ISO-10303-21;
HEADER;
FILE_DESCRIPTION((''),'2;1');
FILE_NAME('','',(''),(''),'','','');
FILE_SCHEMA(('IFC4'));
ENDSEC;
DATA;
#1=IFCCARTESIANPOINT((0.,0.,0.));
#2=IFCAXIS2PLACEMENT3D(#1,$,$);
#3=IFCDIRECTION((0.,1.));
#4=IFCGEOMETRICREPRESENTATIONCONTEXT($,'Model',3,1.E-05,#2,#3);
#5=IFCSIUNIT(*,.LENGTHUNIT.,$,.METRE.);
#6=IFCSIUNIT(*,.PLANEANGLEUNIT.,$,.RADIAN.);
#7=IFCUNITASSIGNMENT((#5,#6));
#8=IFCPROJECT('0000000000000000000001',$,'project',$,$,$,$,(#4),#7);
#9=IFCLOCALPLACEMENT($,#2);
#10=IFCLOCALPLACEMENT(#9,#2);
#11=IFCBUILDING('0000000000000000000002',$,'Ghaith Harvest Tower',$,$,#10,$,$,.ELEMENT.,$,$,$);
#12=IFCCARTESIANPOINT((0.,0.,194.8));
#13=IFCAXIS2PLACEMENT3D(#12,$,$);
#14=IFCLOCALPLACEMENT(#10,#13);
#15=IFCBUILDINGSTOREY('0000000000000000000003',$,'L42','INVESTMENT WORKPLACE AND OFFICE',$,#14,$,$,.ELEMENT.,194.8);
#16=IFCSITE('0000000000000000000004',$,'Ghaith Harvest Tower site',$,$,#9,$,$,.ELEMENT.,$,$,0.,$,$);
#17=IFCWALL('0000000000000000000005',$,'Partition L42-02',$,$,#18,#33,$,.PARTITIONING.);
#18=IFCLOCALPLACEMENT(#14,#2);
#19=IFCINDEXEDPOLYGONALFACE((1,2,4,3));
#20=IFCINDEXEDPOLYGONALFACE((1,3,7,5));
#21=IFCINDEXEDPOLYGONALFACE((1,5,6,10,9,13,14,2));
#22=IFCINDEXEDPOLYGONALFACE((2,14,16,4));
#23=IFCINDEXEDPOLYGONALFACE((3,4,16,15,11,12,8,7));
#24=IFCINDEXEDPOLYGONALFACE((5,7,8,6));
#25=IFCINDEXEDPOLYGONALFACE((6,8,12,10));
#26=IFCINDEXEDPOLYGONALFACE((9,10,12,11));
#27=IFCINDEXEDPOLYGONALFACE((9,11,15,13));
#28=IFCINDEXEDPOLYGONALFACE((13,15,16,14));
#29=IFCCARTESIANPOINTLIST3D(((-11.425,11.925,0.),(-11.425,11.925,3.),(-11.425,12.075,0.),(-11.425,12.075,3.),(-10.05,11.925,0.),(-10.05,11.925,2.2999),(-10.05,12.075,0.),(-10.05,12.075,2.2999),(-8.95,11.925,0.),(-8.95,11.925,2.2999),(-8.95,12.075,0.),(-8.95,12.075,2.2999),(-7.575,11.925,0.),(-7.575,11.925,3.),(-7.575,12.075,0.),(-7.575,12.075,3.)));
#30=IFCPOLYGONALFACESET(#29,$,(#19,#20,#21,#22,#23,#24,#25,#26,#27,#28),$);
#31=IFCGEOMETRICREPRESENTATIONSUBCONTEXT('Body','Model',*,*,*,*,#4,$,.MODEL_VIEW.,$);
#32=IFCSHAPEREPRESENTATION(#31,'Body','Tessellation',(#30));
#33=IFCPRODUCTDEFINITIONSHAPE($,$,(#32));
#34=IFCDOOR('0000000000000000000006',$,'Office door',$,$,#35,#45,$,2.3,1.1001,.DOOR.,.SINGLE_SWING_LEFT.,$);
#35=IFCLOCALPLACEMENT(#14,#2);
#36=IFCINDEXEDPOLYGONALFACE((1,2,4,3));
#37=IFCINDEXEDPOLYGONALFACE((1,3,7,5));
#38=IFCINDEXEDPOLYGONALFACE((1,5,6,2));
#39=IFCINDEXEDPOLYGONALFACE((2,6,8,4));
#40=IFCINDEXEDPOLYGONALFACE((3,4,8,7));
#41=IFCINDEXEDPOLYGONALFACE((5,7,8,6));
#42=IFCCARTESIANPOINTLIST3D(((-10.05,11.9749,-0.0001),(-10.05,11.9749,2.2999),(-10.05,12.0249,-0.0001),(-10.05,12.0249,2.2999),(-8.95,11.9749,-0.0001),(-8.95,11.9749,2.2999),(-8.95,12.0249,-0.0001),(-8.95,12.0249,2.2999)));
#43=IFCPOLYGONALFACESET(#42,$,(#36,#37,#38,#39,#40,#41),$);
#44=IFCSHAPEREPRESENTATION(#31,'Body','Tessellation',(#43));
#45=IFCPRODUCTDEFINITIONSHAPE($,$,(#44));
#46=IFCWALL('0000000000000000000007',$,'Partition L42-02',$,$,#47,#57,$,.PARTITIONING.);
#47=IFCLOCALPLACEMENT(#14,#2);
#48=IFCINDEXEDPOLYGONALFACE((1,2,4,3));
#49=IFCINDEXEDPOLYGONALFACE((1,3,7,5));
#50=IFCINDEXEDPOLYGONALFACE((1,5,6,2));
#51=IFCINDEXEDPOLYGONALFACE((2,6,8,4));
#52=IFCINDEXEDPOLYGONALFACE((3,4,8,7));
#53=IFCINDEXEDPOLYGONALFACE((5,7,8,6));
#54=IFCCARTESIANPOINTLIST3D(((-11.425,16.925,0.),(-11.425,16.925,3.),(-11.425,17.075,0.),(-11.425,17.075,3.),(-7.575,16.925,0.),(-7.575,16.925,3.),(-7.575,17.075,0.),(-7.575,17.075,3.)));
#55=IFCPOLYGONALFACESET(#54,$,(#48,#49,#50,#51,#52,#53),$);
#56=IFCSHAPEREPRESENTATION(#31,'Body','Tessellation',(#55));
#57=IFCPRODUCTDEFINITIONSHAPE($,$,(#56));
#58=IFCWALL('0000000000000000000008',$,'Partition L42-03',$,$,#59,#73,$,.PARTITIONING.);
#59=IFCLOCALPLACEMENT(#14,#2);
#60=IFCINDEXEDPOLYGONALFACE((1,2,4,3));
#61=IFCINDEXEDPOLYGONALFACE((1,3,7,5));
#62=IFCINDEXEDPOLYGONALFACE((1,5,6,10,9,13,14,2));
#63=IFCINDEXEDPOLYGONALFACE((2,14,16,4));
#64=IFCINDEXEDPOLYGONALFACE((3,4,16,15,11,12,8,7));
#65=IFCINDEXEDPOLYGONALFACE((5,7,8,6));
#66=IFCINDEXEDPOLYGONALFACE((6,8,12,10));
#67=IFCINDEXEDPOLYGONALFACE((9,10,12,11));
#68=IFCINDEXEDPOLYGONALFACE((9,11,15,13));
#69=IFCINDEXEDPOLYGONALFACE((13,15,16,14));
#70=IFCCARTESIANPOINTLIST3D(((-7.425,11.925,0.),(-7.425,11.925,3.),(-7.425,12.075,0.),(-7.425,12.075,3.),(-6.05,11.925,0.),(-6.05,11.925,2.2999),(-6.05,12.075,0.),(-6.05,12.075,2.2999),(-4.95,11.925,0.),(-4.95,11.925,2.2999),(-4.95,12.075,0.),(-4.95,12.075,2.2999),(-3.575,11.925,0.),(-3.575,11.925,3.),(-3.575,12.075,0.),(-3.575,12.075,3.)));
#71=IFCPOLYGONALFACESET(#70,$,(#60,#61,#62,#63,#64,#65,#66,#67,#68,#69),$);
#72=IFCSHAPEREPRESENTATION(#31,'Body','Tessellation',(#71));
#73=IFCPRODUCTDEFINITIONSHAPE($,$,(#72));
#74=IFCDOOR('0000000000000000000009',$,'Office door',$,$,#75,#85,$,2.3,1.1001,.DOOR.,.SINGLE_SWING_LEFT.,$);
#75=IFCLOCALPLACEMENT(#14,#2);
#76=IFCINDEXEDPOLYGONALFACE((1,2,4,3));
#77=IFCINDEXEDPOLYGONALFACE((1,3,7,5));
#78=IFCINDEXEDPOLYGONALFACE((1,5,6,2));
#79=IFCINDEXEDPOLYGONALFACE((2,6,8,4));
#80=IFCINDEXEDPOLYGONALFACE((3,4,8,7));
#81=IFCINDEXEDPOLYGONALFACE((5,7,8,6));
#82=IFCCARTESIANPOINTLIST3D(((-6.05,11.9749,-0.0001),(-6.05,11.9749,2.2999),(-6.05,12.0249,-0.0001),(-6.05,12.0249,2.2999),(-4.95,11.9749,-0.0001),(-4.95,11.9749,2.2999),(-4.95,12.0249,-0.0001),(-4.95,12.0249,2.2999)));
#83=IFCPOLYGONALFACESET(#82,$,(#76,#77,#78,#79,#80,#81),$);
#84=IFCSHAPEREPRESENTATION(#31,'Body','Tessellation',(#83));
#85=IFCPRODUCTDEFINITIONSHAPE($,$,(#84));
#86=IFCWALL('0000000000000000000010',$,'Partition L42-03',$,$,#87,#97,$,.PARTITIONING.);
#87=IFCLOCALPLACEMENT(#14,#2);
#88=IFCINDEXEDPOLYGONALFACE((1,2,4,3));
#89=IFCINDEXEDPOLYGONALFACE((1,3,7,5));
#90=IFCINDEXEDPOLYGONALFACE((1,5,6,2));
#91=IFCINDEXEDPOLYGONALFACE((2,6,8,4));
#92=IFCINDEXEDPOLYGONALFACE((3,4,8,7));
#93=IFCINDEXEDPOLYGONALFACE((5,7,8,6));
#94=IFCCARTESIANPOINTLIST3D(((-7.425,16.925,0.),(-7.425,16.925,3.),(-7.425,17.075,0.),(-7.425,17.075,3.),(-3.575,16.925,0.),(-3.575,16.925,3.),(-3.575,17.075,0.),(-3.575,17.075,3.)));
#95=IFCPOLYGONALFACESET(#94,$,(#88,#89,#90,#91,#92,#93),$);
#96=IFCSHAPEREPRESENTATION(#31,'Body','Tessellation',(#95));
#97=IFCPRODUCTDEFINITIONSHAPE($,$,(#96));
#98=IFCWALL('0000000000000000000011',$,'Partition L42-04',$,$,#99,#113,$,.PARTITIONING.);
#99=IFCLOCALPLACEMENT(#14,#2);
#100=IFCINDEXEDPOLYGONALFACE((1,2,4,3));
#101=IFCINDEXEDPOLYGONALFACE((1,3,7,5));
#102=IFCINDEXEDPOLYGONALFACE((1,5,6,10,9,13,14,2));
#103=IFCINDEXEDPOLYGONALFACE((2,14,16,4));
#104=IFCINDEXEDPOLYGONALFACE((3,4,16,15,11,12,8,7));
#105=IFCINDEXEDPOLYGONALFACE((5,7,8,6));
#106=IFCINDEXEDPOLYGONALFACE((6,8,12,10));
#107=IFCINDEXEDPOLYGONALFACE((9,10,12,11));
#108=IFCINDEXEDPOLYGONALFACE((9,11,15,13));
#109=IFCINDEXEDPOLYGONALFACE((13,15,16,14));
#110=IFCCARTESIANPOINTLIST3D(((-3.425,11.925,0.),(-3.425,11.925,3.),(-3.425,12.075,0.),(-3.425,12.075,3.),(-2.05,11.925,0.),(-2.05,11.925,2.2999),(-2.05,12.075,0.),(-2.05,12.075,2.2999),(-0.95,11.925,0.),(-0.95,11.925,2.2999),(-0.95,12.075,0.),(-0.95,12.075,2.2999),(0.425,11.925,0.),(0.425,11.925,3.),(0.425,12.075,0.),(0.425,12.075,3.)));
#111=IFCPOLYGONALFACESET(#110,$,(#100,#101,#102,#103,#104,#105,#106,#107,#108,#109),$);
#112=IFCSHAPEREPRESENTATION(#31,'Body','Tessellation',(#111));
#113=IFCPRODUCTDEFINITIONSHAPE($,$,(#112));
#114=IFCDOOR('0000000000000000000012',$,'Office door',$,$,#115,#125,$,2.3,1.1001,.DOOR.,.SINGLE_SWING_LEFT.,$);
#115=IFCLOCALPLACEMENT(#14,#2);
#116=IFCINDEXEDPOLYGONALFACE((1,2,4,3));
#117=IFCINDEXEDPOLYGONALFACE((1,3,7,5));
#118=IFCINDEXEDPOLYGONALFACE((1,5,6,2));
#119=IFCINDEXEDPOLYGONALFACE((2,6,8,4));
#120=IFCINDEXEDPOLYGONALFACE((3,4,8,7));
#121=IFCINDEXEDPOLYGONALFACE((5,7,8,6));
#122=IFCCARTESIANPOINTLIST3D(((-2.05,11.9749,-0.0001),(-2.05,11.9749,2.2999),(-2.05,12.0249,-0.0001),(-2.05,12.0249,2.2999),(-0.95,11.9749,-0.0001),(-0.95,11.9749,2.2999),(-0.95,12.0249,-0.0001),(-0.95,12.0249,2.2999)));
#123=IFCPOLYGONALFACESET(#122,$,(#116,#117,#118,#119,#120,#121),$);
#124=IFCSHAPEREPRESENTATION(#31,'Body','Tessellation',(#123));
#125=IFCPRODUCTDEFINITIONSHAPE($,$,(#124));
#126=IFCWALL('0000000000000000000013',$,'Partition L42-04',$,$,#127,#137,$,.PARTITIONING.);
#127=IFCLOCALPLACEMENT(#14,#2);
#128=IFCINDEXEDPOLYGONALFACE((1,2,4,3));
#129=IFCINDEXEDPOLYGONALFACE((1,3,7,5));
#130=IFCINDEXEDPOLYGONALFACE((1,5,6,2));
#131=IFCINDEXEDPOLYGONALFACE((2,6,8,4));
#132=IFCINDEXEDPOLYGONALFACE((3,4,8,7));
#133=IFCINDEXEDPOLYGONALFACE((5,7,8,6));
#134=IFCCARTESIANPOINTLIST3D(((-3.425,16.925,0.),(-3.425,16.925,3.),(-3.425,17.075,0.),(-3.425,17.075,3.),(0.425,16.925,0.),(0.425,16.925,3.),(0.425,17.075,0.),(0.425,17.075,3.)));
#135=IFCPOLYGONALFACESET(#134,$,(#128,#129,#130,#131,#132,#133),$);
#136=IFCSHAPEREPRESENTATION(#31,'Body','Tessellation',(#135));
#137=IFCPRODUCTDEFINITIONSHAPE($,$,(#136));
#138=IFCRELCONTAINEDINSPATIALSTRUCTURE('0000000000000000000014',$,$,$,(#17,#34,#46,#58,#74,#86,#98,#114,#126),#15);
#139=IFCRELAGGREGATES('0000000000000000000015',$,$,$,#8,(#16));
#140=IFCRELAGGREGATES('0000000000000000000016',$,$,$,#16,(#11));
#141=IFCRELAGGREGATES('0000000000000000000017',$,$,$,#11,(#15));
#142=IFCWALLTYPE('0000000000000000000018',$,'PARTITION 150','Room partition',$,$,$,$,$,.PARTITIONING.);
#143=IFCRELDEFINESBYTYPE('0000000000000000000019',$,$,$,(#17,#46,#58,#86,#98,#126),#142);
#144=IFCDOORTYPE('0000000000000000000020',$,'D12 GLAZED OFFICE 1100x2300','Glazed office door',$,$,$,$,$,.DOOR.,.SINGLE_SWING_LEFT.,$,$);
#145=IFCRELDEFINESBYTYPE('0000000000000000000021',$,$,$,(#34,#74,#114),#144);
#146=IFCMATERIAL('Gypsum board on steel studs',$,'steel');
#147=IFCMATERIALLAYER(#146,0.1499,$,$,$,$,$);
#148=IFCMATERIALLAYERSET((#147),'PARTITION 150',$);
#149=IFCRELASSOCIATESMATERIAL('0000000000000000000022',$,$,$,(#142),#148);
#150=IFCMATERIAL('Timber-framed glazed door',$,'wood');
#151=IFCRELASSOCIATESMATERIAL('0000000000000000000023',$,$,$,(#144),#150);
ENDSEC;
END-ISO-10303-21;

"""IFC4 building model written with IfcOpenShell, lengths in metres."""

from ifc_helpers import new_model, si_unit, direction, frame, frame_2d, origin, place, context, subcontext, project, spatial, rectangle, extrude, material, layer, layer_set, type_object, element, fill, save


model = new_model("IFC4")

# Units and contexts
model_context = context("Model", 3, precision=1e-05, world=origin(), true_north=direction((0.0, 1.0)))
body_context = subcontext(model_context, "Body", "Model", "MODEL_VIEW")
ifc_project = project(units=[si_unit("LENGTHUNIT", "METRE"), si_unit("PLANEANGLEUNIT", "RADIAN")], contexts=[model_context])

# Site, building, storey
site_placement = place(None, origin())
site = spatial("IfcSite", under=ifc_project, at=site_placement, Name="Ghaith Harvest Tower site", CompositionType="ELEMENT", RefElevation=0.0)
building_placement = place(site_placement, origin())
building = spatial("IfcBuilding", under=site, at=building_placement, Name="Ghaith Harvest Tower", CompositionType="ELEMENT")
storey_placement = place(building_placement, frame((0.0, 0.0, 194.8)))
storey = spatial("IfcBuildingStorey", under=building, at=storey_placement, Name="L42", Description="INVESTMENT WORKPLACE AND OFFICE", CompositionType="ELEMENT", Elevation=194.8)

# Wall, opening, door
ifc_material_1 = material(Name="Gypsum board on steel studs", Category="steel")
ifc_layer_1 = layer(ifc_material_1, 0.1499)
ifc_layer_set_1 = layer_set([ifc_layer_1], Name="PARTITION 150")
wall_type_1 = type_object("IfcWallType", Name="PARTITION 150", Description="Room partition", PredefinedType="PARTITIONING", material=ifc_layer_set_1)
wall_1_placement = place(storey_placement, frame((-11.425, 12.0, 0.0), z_axis=(0.0, 0.0, 1.0), x_axis=(1.0, 0.0, 0.0)))
wall_1 = element("IfcWall", 1, at=wall_1_placement, inside=storey, type_object=wall_type_1, Name="Partition L42-02", PredefinedType="PARTITIONING", context=body_context, shape_type="SweptSolid", body=[
    extrude(rectangle(XDim=3.8501, YDim=0.1499, at=frame_2d((1.925, 0.0))), origin(), (0.0, 0.0, 1.0), 3.0),
])
opening_1_placement = place(wall_1_placement, frame((1.375, 0.0, 0.0)))
opening_1 = element("IfcOpeningElement", 2, at=opening_1_placement, cuts=wall_1, PredefinedType="OPENING", context=body_context, shape_type="SweptSolid", body=[
    extrude(rectangle(XDim=1.1001, YDim=2.3, at=frame_2d((0.55, 1.1499))), frame((0.0, 0.085, 0.0), z_axis=(0.0, -1.0, 0.0), x_axis=(1.0, 0.0, 0.0)), (0.0, 0.0, 1.0), 0.1699),
])
ifc_material_2 = material(Name="Timber-framed glazed door", Category="wood")
door_type = type_object("IfcDoorType", Name="D12 GLAZED OFFICE 1100x2300", Description="Glazed office door", OperationType="SINGLE_SWING_LEFT", PredefinedType="DOOR", material=ifc_material_2)
door_1_placement = place(opening_1_placement, origin())
door_1 = element("IfcDoor", 3, at=door_1_placement, inside=storey, type_object=door_type, Name="Office door", OperationType="SINGLE_SWING_LEFT", OverallHeight=2.3, OverallWidth=1.1001, PredefinedType="DOOR", context=body_context, shape_type="SweptSolid", body=[
    extrude(rectangle(XDim=1.1001, YDim=2.3, at=frame_2d((0.55, 1.1499))), frame((0.0, 0.0249, 0.0), z_axis=(0.0, -1.0, 0.0), x_axis=(1.0, 0.0, 0.0)), (0.0, 0.0, 1.0), 0.05),
])
fill(opening_1, door_1)

# Wall
wall_2_placement = place(storey_placement, frame((-11.425, 17.0, 0.0), z_axis=(0.0, 0.0, 1.0), x_axis=(1.0, 0.0, 0.0)))
element("IfcWall", 4, at=wall_2_placement, inside=storey, type_object=wall_type_1, Name="Partition L42-02", PredefinedType="PARTITIONING", context=body_context, shape_type="SweptSolid", body=[
    extrude(rectangle(XDim=3.8501, YDim=0.1499, at=frame_2d((1.925, 0.0))), origin(), (0.0, 0.0, 1.0), 3.0),
])

# Wall, opening, door
wall_3_placement = place(storey_placement, frame((-7.425, 12.0, 0.0), z_axis=(0.0, 0.0, 1.0), x_axis=(1.0, 0.0, 0.0)))
wall_3 = element("IfcWall", 5, at=wall_3_placement, inside=storey, type_object=wall_type_1, Name="Partition L42-03", PredefinedType="PARTITIONING", context=body_context, shape_type="SweptSolid", body=[
    extrude(rectangle(XDim=3.8501, YDim=0.1499, at=frame_2d((1.925, 0.0))), origin(), (0.0, 0.0, 1.0), 3.0),
])
opening_2_placement = place(wall_3_placement, frame((1.375, 0.0, 0.0)))
opening_2 = element("IfcOpeningElement", 6, at=opening_2_placement, cuts=wall_3, PredefinedType="OPENING", context=body_context, shape_type="SweptSolid", body=[
    extrude(rectangle(XDim=1.1001, YDim=2.3, at=frame_2d((0.55, 1.1499))), frame((0.0, 0.085, 0.0), z_axis=(0.0, -1.0, 0.0), x_axis=(1.0, 0.0, 0.0)), (0.0, 0.0, 1.0), 0.1699),
])
door_2_placement = place(opening_2_placement, origin())
door_2 = element("IfcDoor", 7, at=door_2_placement, inside=storey, type_object=door_type, Name="Office door", OperationType="SINGLE_SWING_LEFT", OverallHeight=2.3, OverallWidth=1.1001, PredefinedType="DOOR", context=body_context, shape_type="SweptSolid", body=[
    extrude(rectangle(XDim=1.1001, YDim=2.3, at=frame_2d((0.55, 1.1499))), frame((0.0, 0.0249, 0.0), z_axis=(0.0, -1.0, 0.0), x_axis=(1.0, 0.0, 0.0)), (0.0, 0.0, 1.0), 0.05),
])
fill(opening_2, door_2)

# Wall
wall_4_placement = place(storey_placement, frame((-7.425, 17.0, 0.0), z_axis=(0.0, 0.0, 1.0), x_axis=(1.0, 0.0, 0.0)))
element("IfcWall", 8, at=wall_4_placement, inside=storey, type_object=wall_type_1, Name="Partition L42-03", PredefinedType="PARTITIONING", context=body_context, shape_type="SweptSolid", body=[
    extrude(rectangle(XDim=3.8501, YDim=0.1499, at=frame_2d((1.925, 0.0))), origin(), (0.0, 0.0, 1.0), 3.0),
])

# Wall, opening, door
wall_5_placement = place(storey_placement, frame((-3.425, 12.0, 0.0), z_axis=(0.0, 0.0, 1.0), x_axis=(1.0, 0.0, 0.0)))
wall_5 = element("IfcWall", 9, at=wall_5_placement, inside=storey, type_object=wall_type_1, Name="Partition L42-04", PredefinedType="PARTITIONING", context=body_context, shape_type="SweptSolid", body=[
    extrude(rectangle(XDim=3.8501, YDim=0.1499, at=frame_2d((1.925, 0.0))), origin(), (0.0, 0.0, 1.0), 3.0),
])
opening_3_placement = place(wall_5_placement, frame((1.375, 0.0, 0.0)))
opening_3 = element("IfcOpeningElement", 10, at=opening_3_placement, cuts=wall_5, PredefinedType="OPENING", context=body_context, shape_type="SweptSolid", body=[
    extrude(rectangle(XDim=1.1001, YDim=2.3, at=frame_2d((0.55, 1.1499))), frame((0.0, 0.085, 0.0), z_axis=(0.0, -1.0, 0.0), x_axis=(1.0, 0.0, 0.0)), (0.0, 0.0, 1.0), 0.1699),
])
door_3_placement = place(opening_3_placement, origin())
door_3 = element("IfcDoor", 11, at=door_3_placement, inside=storey, type_object=door_type, Name="Office door", OperationType="SINGLE_SWING_LEFT", OverallHeight=2.3, OverallWidth=1.1001, PredefinedType="DOOR", context=body_context, shape_type="SweptSolid", body=[
    extrude(rectangle(XDim=1.1001, YDim=2.3, at=frame_2d((0.55, 1.1499))), frame((0.0, 0.0249, 0.0), z_axis=(0.0, -1.0, 0.0), x_axis=(1.0, 0.0, 0.0)), (0.0, 0.0, 1.0), 0.05),
])
fill(opening_3, door_3)

# Wall
wall_6_placement = place(storey_placement, frame((-3.425, 17.0, 0.0), z_axis=(0.0, 0.0, 1.0), x_axis=(1.0, 0.0, 0.0)))
element("IfcWall", 12, at=wall_6_placement, inside=storey, type_object=wall_type_1, Name="Partition L42-04", PredefinedType="PARTITIONING", context=body_context, shape_type="SweptSolid", body=[
    extrude(rectangle(XDim=3.8501, YDim=0.1499, at=frame_2d((1.925, 0.0))), origin(), (0.0, 0.0, 1.0), 3.0),
])

save(model, "model.ifc")
